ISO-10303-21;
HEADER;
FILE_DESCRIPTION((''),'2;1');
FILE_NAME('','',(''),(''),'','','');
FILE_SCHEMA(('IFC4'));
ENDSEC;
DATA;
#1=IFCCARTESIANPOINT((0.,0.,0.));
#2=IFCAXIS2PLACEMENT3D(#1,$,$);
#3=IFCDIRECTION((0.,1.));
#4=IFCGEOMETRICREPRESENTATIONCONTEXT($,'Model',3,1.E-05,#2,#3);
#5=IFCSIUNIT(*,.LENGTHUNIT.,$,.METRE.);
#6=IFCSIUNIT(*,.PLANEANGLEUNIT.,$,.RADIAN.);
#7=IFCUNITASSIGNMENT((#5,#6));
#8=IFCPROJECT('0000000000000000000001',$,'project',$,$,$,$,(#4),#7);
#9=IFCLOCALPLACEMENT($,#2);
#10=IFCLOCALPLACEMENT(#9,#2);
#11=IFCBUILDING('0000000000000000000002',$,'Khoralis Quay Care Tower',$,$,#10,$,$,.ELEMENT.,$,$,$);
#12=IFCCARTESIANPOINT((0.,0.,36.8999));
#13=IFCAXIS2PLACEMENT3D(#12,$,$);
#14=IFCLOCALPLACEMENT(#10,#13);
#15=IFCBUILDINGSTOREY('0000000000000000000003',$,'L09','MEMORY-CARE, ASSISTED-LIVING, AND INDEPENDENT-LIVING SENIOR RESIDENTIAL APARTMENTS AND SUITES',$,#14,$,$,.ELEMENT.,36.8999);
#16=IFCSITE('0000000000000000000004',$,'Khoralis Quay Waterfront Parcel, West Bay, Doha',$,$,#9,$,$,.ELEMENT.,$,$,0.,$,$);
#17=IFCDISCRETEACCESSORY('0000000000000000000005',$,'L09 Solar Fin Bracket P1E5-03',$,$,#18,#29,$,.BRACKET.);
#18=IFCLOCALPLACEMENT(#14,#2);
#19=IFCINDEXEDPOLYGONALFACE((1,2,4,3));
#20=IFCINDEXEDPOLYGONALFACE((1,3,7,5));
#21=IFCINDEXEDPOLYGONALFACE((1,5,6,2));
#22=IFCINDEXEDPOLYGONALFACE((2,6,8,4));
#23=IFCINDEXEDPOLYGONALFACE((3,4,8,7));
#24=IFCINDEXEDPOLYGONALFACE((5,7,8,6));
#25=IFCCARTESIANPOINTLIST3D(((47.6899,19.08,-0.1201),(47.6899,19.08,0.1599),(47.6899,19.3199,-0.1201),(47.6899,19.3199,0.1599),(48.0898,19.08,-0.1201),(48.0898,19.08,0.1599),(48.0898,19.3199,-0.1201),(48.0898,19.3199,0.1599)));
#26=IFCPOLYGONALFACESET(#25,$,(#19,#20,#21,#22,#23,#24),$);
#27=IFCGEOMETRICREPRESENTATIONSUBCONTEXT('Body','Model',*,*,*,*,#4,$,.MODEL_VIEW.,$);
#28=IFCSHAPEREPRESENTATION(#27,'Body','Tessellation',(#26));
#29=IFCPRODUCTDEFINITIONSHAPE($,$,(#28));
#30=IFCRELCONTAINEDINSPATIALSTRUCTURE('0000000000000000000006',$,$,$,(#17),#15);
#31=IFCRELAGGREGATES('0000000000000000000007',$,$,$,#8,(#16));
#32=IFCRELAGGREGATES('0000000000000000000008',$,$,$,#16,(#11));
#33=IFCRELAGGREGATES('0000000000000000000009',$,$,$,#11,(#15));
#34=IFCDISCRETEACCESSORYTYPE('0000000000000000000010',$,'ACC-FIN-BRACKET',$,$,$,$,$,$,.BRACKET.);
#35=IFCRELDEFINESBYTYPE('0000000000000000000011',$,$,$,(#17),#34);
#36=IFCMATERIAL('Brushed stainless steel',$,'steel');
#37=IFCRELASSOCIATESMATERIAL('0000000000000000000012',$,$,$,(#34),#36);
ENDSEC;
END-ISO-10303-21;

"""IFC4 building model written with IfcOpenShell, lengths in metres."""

from ifc_helpers import new_model, si_unit, direction, frame, origin, origin_2d, place, context, subcontext, project, spatial, rectangle, extrude, source, transform, mapped, material, type_object, element, save


model = new_model("IFC4")

# Units and contexts
model_context = context("Model", 3, precision=1e-05, world=origin(), true_north=direction((0.0, 1.0)))
body_context = subcontext(model_context, "Body", "Model", "MODEL_VIEW")
ifc_project = project(units=[si_unit("LENGTHUNIT", "METRE"), si_unit("PLANEANGLEUNIT", "RADIAN")], contexts=[model_context])

# Site, building, storey
site_placement = place(None, origin())
site = spatial("IfcSite", under=ifc_project, at=site_placement, Name="Khoralis Quay Waterfront Parcel, West Bay, Doha", CompositionType="ELEMENT", RefElevation=0.0)
building_placement = place(site_placement, origin())
building = spatial("IfcBuilding", under=site, at=building_placement, Name="Khoralis Quay Care Tower", CompositionType="ELEMENT")
storey_placement = place(building_placement, frame((0.0, 0.0, 36.8999)))
storey = spatial("IfcBuildingStorey", under=building, at=storey_placement, Name="L09", Description="MEMORY-CARE, ASSISTED-LIVING, AND INDEPENDENT-LIVING SENIOR RESIDENTIAL APARTMENTS AND SUITES", CompositionType="ELEMENT", Elevation=36.8999)

# Shared definitions
ifc_material_1 = material(Name="Brushed stainless steel", Category="steel")

# Discrete accessory
discrete_accessory_type = type_object("IfcDiscreteAccessoryType", Name="ACC-FIN-BRACKET", PredefinedType="BRACKET", material=ifc_material_1)
shared_shape_1 = source(origin(), body_context, "Body", "SweptSolid", [
    extrude(rectangle(XDim=0.3999, YDim=0.24, at=origin_2d()), origin(), (0.0, 0.0, 1.0), 0.28),
])
for number, where, z_axis, x_axis, name in (
    (1, (47.8899, 19.2, -0.1201), (0.0, 0.0, 1.0), (1.0, 0.0, 0.0), "L09 Solar Fin Bracket P1E5-03"),
):
    element("IfcDiscreteAccessory", number, at=place(storey_placement, frame(where, z_axis=z_axis, x_axis=x_axis)), inside=storey, type_object=discrete_accessory_type, Name=name, PredefinedType="BRACKET", context=body_context, shape_type="MappedRepresentation", body=[
        mapped(shared_shape_1, transform((0.0, 0.0, 0.0), scale=1.0)),
    ])

save(model, "model.ifc")
